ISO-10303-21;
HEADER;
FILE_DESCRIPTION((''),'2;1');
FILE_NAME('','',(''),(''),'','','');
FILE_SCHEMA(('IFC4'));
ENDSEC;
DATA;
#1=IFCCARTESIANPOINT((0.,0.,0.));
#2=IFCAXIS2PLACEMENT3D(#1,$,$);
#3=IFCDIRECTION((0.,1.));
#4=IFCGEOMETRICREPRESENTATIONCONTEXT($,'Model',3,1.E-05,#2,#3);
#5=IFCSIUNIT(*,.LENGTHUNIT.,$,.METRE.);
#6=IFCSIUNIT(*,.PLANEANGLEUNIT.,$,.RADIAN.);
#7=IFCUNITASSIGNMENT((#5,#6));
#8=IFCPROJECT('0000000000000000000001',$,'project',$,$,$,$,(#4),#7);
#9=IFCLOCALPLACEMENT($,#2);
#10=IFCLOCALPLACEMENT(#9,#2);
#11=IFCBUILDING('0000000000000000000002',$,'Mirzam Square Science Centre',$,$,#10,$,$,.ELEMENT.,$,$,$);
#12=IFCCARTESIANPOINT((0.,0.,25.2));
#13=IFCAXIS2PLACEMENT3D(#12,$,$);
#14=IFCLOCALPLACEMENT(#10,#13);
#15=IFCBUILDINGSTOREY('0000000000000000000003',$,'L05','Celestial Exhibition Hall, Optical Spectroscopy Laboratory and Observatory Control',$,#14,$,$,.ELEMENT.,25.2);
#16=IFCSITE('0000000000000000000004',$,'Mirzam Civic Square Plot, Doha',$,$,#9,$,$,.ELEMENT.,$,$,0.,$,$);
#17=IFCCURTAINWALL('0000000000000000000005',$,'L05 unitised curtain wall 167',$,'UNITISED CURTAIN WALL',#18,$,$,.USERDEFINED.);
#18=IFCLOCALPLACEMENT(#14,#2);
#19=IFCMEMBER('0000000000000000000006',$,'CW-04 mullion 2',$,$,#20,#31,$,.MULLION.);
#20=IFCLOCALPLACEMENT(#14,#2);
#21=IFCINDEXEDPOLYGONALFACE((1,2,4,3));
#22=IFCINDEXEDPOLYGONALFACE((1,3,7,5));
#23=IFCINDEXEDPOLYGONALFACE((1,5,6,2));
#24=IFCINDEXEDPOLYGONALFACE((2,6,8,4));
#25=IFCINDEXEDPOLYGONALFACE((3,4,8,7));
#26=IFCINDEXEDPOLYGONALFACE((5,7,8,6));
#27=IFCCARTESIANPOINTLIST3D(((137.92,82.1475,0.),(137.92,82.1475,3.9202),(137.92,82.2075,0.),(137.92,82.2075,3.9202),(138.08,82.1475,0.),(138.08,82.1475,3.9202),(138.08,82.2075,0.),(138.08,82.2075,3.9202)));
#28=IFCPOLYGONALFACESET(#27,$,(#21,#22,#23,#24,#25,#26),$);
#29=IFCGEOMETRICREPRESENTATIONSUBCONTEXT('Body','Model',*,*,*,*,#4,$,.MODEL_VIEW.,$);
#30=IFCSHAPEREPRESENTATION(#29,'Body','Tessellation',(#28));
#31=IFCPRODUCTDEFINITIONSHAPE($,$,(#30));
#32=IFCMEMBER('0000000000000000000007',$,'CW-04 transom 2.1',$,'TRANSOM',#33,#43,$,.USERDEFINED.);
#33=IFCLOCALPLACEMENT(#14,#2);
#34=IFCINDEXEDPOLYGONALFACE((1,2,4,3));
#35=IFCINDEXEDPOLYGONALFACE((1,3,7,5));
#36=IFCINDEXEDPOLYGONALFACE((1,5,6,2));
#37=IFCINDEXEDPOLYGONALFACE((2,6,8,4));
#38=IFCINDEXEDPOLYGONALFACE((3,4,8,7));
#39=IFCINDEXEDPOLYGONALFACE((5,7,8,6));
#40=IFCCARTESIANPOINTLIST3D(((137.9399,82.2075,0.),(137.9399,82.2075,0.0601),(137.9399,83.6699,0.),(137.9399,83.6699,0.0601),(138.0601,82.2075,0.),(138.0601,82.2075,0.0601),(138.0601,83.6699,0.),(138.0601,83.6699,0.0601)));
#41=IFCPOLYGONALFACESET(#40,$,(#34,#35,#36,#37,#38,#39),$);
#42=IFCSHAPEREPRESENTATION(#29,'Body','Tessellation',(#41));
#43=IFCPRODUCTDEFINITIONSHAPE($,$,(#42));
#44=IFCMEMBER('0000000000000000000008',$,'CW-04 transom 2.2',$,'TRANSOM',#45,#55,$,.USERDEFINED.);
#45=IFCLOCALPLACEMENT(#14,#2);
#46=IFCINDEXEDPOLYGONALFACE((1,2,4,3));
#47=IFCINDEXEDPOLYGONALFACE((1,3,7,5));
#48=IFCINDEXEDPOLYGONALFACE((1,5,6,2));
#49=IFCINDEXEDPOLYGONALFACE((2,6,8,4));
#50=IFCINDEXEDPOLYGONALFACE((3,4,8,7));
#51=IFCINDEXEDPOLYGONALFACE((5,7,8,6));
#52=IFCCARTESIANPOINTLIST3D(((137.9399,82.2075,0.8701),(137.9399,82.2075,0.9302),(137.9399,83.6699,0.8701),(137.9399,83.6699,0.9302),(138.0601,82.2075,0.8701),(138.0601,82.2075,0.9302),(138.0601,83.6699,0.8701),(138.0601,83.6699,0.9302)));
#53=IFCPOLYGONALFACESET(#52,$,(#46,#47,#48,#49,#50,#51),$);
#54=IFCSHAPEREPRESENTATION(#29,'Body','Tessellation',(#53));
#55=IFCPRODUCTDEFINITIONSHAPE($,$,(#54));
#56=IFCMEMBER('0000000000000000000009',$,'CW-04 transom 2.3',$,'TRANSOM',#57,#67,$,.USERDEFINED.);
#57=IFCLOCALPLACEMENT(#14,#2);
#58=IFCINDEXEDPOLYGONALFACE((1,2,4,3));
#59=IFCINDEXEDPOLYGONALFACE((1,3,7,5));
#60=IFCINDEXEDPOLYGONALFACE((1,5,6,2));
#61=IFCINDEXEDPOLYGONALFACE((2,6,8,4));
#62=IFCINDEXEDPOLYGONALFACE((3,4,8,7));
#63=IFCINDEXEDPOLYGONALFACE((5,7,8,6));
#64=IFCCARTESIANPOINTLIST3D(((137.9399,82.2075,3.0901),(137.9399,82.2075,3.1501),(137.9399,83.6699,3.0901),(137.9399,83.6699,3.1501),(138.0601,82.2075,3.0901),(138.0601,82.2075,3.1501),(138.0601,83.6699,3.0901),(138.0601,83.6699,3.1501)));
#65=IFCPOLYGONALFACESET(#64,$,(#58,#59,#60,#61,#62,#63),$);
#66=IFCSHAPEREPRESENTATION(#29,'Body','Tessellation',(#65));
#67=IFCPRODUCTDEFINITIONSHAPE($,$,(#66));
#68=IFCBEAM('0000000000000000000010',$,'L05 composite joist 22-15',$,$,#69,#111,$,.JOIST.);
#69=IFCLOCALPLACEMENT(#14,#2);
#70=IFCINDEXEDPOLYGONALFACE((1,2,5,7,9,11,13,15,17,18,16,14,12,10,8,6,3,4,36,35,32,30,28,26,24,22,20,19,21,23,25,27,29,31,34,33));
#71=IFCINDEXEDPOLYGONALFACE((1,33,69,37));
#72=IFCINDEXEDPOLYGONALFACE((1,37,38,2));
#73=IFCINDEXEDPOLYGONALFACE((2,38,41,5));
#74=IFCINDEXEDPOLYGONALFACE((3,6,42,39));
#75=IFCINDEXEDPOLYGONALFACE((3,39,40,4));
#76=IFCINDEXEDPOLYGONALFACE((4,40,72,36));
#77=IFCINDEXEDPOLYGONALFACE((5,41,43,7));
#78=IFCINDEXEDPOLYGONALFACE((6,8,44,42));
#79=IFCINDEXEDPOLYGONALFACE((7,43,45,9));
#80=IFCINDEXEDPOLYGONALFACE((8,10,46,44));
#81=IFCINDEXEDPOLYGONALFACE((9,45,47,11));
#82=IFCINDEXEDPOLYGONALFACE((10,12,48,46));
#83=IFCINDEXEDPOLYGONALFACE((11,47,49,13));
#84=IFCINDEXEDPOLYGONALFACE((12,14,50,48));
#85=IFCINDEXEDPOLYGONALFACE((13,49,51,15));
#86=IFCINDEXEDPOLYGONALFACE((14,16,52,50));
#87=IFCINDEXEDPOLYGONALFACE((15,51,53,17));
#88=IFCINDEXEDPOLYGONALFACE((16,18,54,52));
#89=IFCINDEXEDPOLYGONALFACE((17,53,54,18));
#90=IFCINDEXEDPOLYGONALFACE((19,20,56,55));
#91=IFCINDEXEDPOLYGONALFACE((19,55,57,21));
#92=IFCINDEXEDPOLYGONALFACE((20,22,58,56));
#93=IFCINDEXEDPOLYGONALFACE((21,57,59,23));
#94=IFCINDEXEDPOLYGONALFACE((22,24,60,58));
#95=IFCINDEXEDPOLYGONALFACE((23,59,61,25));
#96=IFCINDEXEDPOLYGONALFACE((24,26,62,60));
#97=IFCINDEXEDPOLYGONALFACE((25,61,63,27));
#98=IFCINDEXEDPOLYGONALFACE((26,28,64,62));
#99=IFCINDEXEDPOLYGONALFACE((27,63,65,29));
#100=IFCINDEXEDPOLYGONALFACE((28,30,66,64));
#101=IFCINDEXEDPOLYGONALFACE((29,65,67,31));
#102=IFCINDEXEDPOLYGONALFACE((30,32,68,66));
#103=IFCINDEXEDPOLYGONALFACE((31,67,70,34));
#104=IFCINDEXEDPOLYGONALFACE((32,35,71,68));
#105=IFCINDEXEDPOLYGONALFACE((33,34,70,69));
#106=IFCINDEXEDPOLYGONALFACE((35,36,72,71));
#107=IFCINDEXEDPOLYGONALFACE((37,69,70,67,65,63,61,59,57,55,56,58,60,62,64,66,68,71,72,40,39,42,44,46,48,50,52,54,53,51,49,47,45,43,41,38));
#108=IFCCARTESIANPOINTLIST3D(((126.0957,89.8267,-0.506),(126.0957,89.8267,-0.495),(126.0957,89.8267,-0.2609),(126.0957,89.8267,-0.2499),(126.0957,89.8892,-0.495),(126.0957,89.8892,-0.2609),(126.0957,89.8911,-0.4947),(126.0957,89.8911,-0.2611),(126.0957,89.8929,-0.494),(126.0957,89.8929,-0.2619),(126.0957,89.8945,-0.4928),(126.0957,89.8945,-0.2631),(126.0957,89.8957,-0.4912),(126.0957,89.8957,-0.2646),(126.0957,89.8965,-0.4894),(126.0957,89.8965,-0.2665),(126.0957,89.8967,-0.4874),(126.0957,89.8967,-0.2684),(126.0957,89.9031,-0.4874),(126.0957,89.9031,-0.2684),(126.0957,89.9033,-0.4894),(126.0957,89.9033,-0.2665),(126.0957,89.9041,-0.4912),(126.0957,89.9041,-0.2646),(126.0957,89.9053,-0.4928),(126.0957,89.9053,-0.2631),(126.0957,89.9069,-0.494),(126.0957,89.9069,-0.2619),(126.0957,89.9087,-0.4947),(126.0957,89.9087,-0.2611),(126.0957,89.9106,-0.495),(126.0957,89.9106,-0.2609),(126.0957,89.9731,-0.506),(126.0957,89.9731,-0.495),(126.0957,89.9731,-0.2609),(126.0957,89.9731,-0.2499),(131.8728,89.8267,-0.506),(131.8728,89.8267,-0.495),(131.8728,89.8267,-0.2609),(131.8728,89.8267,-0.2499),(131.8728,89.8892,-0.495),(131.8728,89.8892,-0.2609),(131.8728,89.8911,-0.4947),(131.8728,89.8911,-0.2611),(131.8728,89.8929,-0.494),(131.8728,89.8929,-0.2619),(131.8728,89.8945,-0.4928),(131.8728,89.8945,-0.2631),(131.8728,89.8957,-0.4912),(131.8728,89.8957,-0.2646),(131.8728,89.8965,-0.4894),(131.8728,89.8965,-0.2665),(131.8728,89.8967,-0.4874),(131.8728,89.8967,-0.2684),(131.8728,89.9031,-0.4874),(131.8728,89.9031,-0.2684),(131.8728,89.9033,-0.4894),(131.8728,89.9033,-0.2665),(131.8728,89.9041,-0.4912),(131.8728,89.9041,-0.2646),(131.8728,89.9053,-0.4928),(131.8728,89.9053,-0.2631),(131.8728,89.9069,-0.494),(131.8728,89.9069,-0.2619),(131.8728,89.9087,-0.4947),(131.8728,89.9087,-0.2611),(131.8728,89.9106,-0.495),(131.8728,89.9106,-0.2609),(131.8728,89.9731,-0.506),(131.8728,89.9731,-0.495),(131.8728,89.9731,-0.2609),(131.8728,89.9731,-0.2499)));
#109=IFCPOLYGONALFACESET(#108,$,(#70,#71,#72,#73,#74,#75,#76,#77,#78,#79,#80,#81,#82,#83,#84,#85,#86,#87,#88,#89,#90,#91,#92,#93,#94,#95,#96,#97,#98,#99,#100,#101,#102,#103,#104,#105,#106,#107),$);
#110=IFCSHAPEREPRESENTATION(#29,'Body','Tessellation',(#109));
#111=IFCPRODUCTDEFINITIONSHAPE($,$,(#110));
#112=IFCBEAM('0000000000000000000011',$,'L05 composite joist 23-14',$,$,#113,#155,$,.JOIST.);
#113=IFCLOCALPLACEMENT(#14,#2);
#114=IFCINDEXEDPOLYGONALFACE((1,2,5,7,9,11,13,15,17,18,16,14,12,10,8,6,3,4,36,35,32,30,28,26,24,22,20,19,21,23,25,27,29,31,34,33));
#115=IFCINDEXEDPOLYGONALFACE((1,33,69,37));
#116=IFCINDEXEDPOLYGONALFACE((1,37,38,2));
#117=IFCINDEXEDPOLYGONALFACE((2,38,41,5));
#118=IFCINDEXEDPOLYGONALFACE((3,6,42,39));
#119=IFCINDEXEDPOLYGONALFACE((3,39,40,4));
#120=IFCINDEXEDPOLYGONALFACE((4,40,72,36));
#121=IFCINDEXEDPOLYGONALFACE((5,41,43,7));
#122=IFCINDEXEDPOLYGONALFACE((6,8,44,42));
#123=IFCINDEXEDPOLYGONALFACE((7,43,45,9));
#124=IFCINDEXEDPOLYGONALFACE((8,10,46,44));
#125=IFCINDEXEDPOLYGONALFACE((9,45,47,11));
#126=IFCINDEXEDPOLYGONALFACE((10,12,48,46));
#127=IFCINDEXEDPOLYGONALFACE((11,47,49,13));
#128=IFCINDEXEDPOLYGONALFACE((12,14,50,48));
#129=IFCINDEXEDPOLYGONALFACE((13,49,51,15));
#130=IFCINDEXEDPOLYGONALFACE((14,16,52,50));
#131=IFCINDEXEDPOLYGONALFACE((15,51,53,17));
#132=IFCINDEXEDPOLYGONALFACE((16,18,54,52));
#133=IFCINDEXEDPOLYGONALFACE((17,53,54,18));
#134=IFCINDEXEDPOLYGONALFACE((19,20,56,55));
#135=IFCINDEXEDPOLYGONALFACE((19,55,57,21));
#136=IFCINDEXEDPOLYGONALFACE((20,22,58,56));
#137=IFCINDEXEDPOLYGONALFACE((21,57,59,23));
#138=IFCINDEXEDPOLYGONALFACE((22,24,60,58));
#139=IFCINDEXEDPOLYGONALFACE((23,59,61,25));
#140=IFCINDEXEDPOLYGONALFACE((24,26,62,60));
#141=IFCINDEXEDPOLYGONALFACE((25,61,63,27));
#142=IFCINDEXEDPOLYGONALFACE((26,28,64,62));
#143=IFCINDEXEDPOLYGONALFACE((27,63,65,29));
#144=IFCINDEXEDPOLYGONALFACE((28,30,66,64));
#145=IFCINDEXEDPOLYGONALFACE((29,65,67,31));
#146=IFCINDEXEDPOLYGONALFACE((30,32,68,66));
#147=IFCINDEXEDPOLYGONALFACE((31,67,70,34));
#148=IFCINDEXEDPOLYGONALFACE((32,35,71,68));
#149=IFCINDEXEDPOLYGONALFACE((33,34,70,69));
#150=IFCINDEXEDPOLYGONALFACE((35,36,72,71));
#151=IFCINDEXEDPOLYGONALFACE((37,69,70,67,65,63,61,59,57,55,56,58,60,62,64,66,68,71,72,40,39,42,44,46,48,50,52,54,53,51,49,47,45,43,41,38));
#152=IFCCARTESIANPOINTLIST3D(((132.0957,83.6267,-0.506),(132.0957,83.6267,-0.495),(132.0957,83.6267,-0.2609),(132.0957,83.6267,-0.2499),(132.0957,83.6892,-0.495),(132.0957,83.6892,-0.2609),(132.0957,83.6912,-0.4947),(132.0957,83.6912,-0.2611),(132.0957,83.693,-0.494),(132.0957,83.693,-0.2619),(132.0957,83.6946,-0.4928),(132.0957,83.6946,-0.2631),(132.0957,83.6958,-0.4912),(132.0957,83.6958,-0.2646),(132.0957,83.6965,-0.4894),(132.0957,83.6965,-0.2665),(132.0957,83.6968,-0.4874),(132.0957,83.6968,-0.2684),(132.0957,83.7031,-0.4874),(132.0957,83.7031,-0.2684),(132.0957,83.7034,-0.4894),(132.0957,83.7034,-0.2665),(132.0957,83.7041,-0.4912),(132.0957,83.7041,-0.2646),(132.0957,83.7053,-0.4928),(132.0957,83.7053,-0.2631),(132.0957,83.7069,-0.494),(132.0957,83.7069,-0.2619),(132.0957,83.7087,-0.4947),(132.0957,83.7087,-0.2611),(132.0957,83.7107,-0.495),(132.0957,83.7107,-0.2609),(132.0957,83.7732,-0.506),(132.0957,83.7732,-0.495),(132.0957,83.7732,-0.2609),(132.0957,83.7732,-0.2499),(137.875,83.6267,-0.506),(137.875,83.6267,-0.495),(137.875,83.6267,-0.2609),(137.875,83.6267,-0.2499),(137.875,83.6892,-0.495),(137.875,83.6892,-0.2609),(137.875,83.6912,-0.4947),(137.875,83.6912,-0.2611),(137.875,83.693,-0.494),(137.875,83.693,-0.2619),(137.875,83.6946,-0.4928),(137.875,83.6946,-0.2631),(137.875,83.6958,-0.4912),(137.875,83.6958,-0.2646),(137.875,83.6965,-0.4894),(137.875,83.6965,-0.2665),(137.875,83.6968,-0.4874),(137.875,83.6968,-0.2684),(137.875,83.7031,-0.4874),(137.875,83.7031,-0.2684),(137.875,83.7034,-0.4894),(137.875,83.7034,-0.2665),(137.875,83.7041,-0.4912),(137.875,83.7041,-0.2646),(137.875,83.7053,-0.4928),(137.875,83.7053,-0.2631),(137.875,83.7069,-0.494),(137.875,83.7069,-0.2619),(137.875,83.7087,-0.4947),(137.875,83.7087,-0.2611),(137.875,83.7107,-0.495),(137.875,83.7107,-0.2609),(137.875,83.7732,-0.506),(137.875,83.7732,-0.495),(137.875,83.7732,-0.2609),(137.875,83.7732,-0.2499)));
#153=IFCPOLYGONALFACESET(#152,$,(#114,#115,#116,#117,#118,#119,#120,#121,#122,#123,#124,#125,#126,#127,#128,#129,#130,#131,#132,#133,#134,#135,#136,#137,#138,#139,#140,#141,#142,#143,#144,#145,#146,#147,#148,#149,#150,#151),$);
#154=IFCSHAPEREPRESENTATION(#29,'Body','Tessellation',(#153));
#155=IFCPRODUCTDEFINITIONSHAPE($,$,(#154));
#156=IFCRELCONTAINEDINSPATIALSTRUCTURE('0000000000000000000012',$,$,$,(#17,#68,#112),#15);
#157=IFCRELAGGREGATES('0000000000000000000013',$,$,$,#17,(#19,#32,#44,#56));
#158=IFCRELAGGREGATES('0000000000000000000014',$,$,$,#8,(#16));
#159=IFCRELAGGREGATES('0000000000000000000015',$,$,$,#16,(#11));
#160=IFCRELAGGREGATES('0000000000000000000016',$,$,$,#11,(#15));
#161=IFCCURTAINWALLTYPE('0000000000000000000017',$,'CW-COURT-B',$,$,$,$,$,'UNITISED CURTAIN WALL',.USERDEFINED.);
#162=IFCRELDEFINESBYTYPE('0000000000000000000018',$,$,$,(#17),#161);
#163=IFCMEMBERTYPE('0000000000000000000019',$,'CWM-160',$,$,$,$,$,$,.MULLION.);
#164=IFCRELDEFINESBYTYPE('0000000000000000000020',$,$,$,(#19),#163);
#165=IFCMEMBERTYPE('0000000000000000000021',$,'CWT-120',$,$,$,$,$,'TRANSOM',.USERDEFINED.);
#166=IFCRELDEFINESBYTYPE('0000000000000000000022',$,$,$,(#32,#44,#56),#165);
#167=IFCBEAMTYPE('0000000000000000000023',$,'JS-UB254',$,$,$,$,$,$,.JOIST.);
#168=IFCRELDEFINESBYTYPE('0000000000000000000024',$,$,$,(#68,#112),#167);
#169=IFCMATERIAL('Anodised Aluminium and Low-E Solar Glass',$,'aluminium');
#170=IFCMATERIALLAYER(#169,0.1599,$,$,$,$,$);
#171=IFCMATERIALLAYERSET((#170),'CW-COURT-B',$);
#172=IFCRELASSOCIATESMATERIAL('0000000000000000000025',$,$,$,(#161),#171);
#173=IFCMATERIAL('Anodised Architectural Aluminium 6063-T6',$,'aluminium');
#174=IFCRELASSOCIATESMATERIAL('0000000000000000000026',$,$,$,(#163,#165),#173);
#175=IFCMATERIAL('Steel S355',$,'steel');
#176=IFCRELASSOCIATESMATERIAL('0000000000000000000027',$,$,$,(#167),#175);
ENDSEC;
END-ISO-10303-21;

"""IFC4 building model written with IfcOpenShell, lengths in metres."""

from ifc_helpers import new_model, si_unit, direction, frame, origin, origin_2d, place, context, subcontext, project, spatial, rectangle, i_section, extrude, material, layer, layer_set, material_profile, profile_set, type_object, element, aggregate, save


model = new_model("IFC4")

# Units and contexts
model_context = context("Model", 3, precision=1e-05, world=origin(), true_north=direction((0.0, 1.0)))
body_context = subcontext(model_context, "Body", "Model", "MODEL_VIEW")
ifc_project = project(units=[si_unit("LENGTHUNIT", "METRE"), si_unit("PLANEANGLEUNIT", "RADIAN")], contexts=[model_context])

# Site, building, storey
site_placement = place(None, origin())
site = spatial("IfcSite", under=ifc_project, at=site_placement, Name="Mirzam Civic Square Plot, Doha", CompositionType="ELEMENT", RefElevation=0.0)
building_placement = place(site_placement, origin())
building = spatial("IfcBuilding", under=site, at=building_placement, Name="Mirzam Square Science Centre", CompositionType="ELEMENT")
storey_placement = place(building_placement, frame((0.0, 0.0, 25.2)))
storey = spatial("IfcBuildingStorey", under=building, at=storey_placement, Name="L05", Description="Celestial Exhibition Hall, Optical Spectroscopy Laboratory and Observatory Control", CompositionType="ELEMENT", Elevation=25.2)

# Shared definitions
ifc_material_1 = material(Name="Steel S355", Category="steel")

# Curtain wall, members
ifc_material_2 = material(Name="Anodised Aluminium and Low-E Solar Glass", Category="aluminium")
ifc_layer_1 = layer(ifc_material_2, 0.1599)
ifc_layer_set_1 = layer_set([ifc_layer_1], Name="CW-COURT-B")
curtain_wall_type = type_object("IfcCurtainWallType", Name="CW-COURT-B", ElementType="UNITISED CURTAIN WALL", PredefinedType="USERDEFINED", material=ifc_layer_set_1)
curtain_wall_placement = place(storey_placement, origin())
curtain_wall = element("IfcCurtainWall", 1, at=curtain_wall_placement, inside=storey, type_object=curtain_wall_type, Name="L05 unitised curtain wall 167", ObjectType="UNITISED CURTAIN WALL", PredefinedType="USERDEFINED")
ifc_material_3 = material(Name="Anodised Architectural Aluminium 6063-T6", Category="aluminium")
ifc_material_profile_1 = material_profile(ifc_material_3, rectangle(XDim=0.0601, YDim=0.1599, at=origin_2d()), Name="ALU-MULL-160x60x4")
ifc_profile_set_1 = profile_set([ifc_material_profile_1], Name="Anodised Architectural Aluminium 6063-T6")
member_type_1 = type_object("IfcMemberType", Name="CWM-160", PredefinedType="MULLION", material=ifc_profile_set_1)
member_1_placement = place(storey_placement, frame((138.0, 82.1775, 0.0), z_axis=(0.0, 0.0, 1.0), x_axis=(0.0, 1.0, 0.0)))
member_1 = element("IfcMember", 2, at=member_1_placement, type_object=member_type_1, Name="CW-04 mullion 2", PredefinedType="MULLION", context=body_context, shape_type="SweptSolid", body=[
    extrude(rectangle(XDim=0.0601, YDim=0.1599, at=origin_2d()), origin(), (0.0, 0.0, 1.0), 3.9202),
])
ifc_material_profile_2 = material_profile(ifc_material_3, rectangle(XDim=0.1201, YDim=0.0601, at=origin_2d()), Name="ALU-TRAN-120x60x4")
ifc_profile_set_2 = profile_set([ifc_material_profile_2], Name="Anodised Architectural Aluminium 6063-T6")
member_type_2 = type_object("IfcMemberType", Name="CWT-120", ElementType="TRANSOM", PredefinedType="USERDEFINED", material=ifc_profile_set_2)
member_2_placement = place(storey_placement, frame((138.0, 82.2075, 0.03), z_axis=(0.0, 1.0, 0.0), x_axis=(-1.0, 0.0, 0.0)))
member_2 = element("IfcMember", 3, at=member_2_placement, type_object=member_type_2, Name="CW-04 transom 2.1", ObjectType="TRANSOM", PredefinedType="USERDEFINED", context=body_context, shape_type="SweptSolid", body=[
    extrude(rectangle(XDim=0.1201, YDim=0.0601, at=origin_2d()), origin(), (0.0, 0.0, 1.0), 1.4624),
])
member_3_placement = place(storey_placement, frame((138.0, 82.2075, 0.9001), z_axis=(0.0, 1.0, 0.0), x_axis=(-1.0, 0.0, 0.0)))
member_3 = element("IfcMember", 4, at=member_3_placement, type_object=member_type_2, Name="CW-04 transom 2.2", ObjectType="TRANSOM", PredefinedType="USERDEFINED", context=body_context, shape_type="SweptSolid", body=[
    extrude(rectangle(XDim=0.1201, YDim=0.0601, at=origin_2d()), origin(), (0.0, 0.0, 1.0), 1.4624),
])
member_4_placement = place(storey_placement, frame((138.0, 82.2075, 3.1201), z_axis=(0.0, 1.0, 0.0), x_axis=(-1.0, 0.0, 0.0)))
member_4 = element("IfcMember", 5, at=member_4_placement, type_object=member_type_2, Name="CW-04 transom 2.3", ObjectType="TRANSOM", PredefinedType="USERDEFINED", context=body_context, shape_type="SweptSolid", body=[
    extrude(rectangle(XDim=0.1201, YDim=0.0601, at=origin_2d()), origin(), (0.0, 0.0, 1.0), 1.4624),
])

# Beams
ifc_material_profile_3 = material_profile(ifc_material_1, i_section(OverallWidth=0.1465, OverallDepth=0.2561, WebThickness=0.0063, FlangeThickness=0.011, FilletRadius=0.0076, at=origin_2d()), Name="254x146x37UB")
ifc_profile_set_3 = profile_set([ifc_material_profile_3], Name="Steel S355")
beam_type_1 = type_object("IfcBeamType", Name="JS-UB254", PredefinedType="JOIST", material=ifc_profile_set_3)
beam_1_placement = place(storey_placement, frame((126.0957, 89.8999, -0.3779), z_axis=(1.0, 0.0, 0.0), x_axis=(0.0, 1.0, 0.0)))
element("IfcBeam", 6, at=beam_1_placement, inside=storey, type_object=beam_type_1, Name="L05 composite joist 22-15", PredefinedType="JOIST", context=body_context, shape_type="SweptSolid", body=[
    extrude(i_section(OverallWidth=0.1465, OverallDepth=0.2561, WebThickness=0.0063, FlangeThickness=0.011, FilletRadius=0.0076, at=origin_2d()), origin(), (0.0, 0.0, 1.0), 5.7771),
])
beam_2_placement = place(storey_placement, frame((132.0957, 83.7, -0.3779), z_axis=(1.0, 0.0, 0.0), x_axis=(0.0, 1.0, 0.0)))
element("IfcBeam", 7, at=beam_2_placement, inside=storey, type_object=beam_type_1, Name="L05 composite joist 23-14", PredefinedType="JOIST", context=body_context, shape_type="SweptSolid", body=[
    extrude(i_section(OverallWidth=0.1465, OverallDepth=0.2561, WebThickness=0.0063, FlangeThickness=0.011, FilletRadius=0.0076, at=origin_2d()), origin(), (0.0, 0.0, 1.0), 5.7793),
])

aggregate(curtain_wall, [member_1, member_2, member_3, member_4])

save(model, "model.ifc")
